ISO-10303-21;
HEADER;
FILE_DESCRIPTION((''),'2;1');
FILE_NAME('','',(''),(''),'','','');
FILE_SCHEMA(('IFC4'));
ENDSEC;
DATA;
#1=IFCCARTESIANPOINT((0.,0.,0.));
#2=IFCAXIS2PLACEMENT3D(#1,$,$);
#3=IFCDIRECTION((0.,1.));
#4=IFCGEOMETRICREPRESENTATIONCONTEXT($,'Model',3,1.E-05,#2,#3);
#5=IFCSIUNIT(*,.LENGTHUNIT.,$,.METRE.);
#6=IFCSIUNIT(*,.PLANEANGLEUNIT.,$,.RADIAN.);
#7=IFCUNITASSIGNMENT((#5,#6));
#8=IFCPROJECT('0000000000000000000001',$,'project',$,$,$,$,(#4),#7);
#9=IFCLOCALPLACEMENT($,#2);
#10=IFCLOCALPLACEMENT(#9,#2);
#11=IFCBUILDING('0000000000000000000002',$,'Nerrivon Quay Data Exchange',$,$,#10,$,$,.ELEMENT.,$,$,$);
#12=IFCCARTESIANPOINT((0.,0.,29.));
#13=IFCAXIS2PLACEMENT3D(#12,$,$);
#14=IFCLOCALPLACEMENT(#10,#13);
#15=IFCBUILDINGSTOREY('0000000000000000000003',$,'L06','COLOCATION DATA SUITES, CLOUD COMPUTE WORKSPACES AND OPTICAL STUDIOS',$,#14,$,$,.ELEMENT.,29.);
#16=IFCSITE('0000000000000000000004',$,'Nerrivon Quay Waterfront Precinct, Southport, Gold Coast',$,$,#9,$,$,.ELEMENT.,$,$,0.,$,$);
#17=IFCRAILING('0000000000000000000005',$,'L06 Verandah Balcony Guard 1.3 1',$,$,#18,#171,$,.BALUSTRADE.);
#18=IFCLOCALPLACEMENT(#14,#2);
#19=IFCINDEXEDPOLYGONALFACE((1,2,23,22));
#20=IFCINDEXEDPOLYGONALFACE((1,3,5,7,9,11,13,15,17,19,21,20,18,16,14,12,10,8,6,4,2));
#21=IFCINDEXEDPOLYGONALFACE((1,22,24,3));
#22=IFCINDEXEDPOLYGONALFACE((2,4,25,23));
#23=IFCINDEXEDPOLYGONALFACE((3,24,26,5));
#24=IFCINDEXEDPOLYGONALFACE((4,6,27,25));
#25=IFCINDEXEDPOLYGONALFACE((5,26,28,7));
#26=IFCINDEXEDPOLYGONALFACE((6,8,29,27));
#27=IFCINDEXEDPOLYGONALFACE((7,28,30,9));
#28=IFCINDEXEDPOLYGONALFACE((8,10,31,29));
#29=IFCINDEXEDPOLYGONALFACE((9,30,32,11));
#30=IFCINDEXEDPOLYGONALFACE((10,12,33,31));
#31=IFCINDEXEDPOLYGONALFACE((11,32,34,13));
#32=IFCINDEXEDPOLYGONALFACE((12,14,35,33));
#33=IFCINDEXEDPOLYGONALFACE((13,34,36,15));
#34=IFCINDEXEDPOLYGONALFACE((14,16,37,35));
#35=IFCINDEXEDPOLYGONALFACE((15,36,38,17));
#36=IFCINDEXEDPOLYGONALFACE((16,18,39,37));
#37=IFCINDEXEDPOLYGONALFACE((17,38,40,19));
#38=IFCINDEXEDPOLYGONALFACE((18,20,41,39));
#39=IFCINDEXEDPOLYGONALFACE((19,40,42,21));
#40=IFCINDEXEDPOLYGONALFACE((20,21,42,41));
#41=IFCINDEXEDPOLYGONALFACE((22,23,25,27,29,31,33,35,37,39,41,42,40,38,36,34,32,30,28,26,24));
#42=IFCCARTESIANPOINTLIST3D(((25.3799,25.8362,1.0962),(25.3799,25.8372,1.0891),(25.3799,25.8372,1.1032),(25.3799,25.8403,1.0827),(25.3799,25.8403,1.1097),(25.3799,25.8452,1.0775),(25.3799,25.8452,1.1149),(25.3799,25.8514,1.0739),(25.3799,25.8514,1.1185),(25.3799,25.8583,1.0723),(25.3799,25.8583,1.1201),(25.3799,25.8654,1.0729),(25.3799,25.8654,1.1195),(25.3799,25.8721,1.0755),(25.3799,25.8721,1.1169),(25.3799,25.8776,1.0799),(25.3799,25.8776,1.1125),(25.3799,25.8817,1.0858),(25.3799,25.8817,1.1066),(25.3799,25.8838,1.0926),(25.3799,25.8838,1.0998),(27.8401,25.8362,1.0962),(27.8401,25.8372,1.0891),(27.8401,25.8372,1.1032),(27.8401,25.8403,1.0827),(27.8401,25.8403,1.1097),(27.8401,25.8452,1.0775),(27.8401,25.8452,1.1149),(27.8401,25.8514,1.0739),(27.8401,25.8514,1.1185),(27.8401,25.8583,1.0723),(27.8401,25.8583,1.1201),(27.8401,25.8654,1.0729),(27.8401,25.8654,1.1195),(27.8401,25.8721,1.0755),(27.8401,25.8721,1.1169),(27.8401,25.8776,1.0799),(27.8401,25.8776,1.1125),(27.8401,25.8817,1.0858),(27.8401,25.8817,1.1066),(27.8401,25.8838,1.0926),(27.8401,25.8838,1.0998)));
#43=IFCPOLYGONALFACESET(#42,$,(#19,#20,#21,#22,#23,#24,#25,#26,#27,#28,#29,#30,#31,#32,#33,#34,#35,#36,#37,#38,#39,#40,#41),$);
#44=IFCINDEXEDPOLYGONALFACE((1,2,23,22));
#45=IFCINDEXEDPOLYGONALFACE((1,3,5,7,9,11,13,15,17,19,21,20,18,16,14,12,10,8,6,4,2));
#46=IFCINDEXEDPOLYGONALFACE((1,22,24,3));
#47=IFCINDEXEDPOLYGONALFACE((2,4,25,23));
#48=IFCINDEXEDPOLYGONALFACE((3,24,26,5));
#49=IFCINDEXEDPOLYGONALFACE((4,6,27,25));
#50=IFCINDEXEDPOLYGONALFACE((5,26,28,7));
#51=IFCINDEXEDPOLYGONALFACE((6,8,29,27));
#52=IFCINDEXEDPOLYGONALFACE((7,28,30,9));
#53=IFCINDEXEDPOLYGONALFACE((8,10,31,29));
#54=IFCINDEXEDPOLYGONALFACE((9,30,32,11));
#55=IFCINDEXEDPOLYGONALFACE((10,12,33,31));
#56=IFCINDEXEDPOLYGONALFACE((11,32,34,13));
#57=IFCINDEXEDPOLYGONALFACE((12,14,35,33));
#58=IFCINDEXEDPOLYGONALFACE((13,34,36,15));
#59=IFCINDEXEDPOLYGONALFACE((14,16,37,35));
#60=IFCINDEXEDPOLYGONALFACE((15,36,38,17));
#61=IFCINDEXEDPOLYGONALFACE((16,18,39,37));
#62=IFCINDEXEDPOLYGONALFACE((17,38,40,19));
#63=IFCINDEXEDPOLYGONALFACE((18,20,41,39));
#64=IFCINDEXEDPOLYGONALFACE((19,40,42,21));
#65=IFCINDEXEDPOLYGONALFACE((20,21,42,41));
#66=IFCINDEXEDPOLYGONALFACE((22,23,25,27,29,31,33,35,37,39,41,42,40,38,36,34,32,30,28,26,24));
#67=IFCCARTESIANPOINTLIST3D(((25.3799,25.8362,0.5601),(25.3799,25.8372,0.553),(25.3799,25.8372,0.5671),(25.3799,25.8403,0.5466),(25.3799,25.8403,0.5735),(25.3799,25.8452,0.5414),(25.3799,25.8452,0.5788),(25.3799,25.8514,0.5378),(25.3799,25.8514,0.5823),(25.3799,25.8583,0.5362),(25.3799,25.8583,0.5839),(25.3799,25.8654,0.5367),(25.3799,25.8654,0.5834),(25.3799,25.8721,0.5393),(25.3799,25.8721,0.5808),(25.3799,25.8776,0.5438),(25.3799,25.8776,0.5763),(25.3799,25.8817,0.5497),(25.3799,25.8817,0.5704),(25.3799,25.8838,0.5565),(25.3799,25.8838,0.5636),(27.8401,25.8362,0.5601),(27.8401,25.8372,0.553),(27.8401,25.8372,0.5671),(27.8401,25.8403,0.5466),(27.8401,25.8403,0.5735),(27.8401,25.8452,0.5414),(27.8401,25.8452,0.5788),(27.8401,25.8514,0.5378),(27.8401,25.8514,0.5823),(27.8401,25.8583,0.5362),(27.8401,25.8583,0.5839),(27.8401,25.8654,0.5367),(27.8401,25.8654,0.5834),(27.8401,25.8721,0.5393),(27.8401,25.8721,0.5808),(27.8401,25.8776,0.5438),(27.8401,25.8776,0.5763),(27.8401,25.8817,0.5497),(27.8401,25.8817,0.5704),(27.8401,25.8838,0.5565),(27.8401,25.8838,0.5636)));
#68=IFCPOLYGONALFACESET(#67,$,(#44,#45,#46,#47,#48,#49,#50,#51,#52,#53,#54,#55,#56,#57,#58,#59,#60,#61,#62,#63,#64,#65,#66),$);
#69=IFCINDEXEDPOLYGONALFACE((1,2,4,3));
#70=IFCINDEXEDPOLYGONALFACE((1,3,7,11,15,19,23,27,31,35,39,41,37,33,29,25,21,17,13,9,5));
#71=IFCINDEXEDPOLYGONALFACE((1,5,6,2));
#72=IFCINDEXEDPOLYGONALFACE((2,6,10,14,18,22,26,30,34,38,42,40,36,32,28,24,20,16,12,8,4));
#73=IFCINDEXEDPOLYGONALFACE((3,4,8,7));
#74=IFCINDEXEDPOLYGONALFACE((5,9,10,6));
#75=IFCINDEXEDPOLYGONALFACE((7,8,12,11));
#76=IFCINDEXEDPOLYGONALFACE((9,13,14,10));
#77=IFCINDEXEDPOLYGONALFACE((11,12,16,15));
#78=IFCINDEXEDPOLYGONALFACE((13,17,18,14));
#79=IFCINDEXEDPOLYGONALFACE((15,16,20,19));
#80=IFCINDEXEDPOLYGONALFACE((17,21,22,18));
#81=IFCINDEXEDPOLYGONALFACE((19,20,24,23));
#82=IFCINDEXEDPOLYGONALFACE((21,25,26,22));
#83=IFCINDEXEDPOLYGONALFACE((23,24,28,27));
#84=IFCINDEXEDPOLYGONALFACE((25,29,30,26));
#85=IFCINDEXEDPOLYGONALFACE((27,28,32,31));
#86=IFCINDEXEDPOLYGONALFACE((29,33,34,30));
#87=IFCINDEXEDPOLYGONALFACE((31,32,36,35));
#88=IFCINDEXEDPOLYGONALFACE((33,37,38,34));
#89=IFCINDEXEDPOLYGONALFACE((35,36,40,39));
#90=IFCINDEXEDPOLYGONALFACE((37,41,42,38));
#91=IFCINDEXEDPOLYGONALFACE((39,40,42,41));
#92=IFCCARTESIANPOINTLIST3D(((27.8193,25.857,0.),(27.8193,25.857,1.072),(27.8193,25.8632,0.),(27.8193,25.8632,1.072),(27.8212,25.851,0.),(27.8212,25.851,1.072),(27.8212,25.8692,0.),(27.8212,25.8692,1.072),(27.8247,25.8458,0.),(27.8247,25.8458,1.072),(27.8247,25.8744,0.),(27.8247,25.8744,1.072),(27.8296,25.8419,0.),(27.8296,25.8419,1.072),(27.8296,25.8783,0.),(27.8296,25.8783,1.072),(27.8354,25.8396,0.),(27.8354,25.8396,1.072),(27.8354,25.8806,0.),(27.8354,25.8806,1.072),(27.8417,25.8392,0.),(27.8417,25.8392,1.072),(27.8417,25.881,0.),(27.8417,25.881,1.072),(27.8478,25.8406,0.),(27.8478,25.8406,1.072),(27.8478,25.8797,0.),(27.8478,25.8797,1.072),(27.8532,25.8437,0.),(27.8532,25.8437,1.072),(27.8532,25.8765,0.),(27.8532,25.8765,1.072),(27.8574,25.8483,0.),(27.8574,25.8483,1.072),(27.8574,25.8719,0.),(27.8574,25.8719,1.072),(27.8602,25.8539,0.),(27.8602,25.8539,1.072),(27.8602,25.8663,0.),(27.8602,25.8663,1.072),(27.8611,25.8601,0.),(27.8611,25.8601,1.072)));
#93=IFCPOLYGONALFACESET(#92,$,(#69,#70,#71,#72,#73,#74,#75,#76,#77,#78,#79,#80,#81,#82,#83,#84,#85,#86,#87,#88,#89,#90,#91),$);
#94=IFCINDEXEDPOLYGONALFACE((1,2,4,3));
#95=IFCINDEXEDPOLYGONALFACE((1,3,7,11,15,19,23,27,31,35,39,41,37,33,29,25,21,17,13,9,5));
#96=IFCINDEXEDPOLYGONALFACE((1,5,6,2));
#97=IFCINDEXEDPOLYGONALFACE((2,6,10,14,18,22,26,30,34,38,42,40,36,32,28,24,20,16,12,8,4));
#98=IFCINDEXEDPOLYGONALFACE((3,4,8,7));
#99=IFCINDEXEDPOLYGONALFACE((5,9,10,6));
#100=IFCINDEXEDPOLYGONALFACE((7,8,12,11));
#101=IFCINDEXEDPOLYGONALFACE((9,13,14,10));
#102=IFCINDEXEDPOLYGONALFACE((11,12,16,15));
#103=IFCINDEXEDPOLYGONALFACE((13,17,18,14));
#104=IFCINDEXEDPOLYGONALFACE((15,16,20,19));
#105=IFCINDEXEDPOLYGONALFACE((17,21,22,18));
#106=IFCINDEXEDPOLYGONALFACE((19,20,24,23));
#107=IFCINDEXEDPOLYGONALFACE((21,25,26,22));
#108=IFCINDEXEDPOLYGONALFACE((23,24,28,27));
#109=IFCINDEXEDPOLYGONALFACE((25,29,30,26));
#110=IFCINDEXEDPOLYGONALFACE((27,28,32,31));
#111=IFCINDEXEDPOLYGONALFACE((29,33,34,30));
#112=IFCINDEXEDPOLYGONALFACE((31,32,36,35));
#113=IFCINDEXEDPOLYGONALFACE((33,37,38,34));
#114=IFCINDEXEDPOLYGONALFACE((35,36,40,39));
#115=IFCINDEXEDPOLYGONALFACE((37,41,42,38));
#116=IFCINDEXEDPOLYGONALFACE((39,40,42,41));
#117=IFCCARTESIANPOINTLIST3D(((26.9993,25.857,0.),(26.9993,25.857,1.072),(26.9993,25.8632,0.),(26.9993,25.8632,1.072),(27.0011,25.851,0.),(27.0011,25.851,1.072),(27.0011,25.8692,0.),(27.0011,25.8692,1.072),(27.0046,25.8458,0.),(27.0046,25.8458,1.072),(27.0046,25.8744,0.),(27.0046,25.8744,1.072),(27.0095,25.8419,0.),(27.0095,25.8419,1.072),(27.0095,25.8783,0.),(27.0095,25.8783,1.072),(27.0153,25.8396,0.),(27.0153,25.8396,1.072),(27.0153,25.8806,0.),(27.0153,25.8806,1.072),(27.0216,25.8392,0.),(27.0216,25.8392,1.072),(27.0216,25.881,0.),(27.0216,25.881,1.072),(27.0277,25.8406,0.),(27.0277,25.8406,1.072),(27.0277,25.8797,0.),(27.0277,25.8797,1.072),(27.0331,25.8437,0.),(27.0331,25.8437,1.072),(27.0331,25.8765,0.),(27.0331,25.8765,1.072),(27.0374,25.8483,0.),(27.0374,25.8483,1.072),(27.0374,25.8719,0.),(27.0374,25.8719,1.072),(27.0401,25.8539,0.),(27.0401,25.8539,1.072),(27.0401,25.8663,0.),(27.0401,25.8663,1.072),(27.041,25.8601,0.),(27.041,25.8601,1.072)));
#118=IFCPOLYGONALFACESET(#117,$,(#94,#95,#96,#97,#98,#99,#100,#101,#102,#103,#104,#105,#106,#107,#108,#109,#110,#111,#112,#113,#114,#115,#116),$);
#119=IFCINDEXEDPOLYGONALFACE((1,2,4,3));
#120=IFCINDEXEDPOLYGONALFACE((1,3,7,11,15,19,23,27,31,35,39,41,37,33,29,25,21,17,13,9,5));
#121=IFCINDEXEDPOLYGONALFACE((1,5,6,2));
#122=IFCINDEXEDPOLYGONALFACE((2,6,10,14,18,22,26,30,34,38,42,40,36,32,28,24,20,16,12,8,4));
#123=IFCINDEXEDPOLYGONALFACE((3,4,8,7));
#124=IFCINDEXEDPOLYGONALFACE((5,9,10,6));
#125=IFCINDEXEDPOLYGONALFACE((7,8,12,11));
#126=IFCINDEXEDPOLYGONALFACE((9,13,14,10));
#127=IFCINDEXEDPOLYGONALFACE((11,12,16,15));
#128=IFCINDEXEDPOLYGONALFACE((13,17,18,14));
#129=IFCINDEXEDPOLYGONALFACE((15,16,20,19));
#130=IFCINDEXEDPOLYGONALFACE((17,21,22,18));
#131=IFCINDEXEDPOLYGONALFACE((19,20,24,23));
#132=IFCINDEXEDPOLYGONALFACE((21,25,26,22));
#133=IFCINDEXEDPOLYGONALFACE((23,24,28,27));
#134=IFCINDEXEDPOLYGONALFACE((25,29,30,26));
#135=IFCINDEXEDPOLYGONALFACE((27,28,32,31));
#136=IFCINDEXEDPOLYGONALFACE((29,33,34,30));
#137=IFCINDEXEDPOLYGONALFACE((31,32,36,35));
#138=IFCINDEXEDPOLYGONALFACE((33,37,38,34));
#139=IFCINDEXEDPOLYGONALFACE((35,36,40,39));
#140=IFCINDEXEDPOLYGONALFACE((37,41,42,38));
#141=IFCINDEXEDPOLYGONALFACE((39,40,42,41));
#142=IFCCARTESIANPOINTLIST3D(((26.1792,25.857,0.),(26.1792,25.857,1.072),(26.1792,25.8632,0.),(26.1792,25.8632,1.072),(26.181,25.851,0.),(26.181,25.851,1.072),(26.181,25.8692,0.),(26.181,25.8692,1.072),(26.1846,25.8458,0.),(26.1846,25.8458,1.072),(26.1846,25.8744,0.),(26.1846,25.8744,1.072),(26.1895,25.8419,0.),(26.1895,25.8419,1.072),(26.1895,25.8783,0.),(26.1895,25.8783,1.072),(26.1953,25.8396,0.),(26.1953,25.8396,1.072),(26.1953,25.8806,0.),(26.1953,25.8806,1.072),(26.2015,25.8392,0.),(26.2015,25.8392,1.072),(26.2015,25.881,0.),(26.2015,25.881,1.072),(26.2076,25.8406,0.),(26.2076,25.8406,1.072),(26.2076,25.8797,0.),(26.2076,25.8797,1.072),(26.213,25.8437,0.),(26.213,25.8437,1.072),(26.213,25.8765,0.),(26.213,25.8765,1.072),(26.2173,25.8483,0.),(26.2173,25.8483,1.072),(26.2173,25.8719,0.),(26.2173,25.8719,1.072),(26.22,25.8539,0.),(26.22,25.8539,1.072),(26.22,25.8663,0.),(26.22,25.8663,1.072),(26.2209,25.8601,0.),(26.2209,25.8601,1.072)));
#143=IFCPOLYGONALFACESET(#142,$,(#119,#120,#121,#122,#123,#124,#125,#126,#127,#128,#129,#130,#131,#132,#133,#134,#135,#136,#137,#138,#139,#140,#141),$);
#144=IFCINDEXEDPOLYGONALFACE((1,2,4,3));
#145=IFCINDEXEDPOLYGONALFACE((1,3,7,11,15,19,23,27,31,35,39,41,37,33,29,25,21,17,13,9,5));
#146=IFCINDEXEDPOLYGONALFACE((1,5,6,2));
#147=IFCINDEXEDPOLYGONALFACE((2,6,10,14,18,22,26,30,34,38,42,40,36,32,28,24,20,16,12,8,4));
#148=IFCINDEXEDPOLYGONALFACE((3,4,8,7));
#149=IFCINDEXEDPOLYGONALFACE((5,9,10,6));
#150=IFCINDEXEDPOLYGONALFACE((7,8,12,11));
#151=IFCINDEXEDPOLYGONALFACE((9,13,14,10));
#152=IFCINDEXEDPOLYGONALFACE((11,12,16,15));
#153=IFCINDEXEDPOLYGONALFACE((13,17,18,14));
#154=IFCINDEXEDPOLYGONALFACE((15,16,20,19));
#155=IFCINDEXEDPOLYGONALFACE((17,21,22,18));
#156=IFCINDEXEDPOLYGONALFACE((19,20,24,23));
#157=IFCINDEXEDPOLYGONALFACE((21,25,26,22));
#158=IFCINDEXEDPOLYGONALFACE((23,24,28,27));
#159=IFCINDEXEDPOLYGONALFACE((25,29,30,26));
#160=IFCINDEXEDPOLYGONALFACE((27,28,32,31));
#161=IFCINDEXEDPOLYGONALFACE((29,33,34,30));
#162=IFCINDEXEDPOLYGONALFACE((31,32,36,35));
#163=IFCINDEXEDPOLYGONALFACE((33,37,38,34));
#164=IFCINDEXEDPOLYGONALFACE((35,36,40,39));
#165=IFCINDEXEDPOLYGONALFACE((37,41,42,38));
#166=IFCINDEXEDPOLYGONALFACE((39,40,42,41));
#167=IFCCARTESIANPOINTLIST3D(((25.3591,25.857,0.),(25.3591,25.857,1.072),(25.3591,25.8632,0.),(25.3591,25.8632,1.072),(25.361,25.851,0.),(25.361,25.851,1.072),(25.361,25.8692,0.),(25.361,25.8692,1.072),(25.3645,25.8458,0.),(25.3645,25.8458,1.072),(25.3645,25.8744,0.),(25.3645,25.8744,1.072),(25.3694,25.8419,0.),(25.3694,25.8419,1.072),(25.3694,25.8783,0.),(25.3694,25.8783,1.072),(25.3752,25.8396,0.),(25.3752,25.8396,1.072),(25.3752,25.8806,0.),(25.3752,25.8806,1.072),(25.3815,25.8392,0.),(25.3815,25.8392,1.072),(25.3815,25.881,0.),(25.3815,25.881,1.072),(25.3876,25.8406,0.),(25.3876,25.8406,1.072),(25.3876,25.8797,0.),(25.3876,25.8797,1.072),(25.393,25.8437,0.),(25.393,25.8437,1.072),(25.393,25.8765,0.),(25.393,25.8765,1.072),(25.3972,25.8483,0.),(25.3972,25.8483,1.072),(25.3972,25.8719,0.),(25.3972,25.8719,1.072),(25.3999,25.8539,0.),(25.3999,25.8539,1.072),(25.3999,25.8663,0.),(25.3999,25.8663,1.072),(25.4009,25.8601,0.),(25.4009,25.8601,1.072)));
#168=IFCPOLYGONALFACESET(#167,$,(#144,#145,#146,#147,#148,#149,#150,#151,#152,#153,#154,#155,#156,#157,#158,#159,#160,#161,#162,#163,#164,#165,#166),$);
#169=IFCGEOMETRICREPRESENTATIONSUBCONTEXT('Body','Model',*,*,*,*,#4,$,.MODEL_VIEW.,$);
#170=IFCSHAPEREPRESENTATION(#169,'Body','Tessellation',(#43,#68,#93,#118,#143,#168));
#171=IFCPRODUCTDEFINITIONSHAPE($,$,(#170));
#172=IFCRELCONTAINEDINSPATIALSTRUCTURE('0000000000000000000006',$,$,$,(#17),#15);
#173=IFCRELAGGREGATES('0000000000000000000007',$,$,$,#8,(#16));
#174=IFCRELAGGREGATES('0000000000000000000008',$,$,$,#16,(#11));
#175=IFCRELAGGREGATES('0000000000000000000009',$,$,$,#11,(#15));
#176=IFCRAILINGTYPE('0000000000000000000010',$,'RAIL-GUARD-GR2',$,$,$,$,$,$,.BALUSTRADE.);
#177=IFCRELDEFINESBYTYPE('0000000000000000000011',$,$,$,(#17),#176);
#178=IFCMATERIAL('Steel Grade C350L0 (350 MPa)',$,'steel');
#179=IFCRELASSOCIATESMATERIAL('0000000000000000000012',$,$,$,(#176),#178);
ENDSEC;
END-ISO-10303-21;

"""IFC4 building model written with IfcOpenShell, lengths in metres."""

from ifc_helpers import new_model, si_unit, direction, frame, origin, origin_2d, place, context, subcontext, project, spatial, circle, extrude, material, type_object, element, save


model = new_model("IFC4")

# Units and contexts
model_context = context("Model", 3, precision=1e-05, world=origin(), true_north=direction((0.0, 1.0)))
body_context = subcontext(model_context, "Body", "Model", "MODEL_VIEW")
ifc_project = project(units=[si_unit("LENGTHUNIT", "METRE"), si_unit("PLANEANGLEUNIT", "RADIAN")], contexts=[model_context])

# Site, building, storey
site_placement = place(None, origin())
site = spatial("IfcSite", under=ifc_project, at=site_placement, Name="Nerrivon Quay Waterfront Precinct, Southport, Gold Coast", CompositionType="ELEMENT", RefElevation=0.0)
building_placement = place(site_placement, origin())
building = spatial("IfcBuilding", under=site, at=building_placement, Name="Nerrivon Quay Data Exchange", CompositionType="ELEMENT")
storey_placement = place(building_placement, frame((0.0, 0.0, 29.0)))
storey = spatial("IfcBuildingStorey", under=building, at=storey_placement, Name="L06", Description="COLOCATION DATA SUITES, CLOUD COMPUTE WORKSPACES AND OPTICAL STUDIOS", CompositionType="ELEMENT", Elevation=29.0)

# Railing
ifc_material_1 = material(Name="Steel Grade C350L0 (350 MPa)", Category="steel")
railing_type = type_object("IfcRailingType", Name="RAIL-GUARD-GR2", PredefinedType="BALUSTRADE", material=ifc_material_1)
railing_1_placement = place(storey_placement, frame((27.8401, 25.8601, 0.0)))
element("IfcRailing", 1, at=railing_1_placement, inside=storey, type_object=railing_type, Name="L06 Verandah Balcony Guard 1.3 1", PredefinedType="BALUSTRADE", context=body_context, shape_type="SweptSolid", body=[
    extrude(circle(Radius=0.0239, at=origin_2d()), frame((0.0, 0.0, 1.0962), z_axis=(-1.0, 0.0, 0.0), x_axis=(0.0, -1.0, 0.0)), (0.0, 0.0, 1.0), 2.4602),
    extrude(circle(Radius=0.0239, at=origin_2d()), frame((0.0, 0.0, 0.5601), z_axis=(-1.0, 0.0, 0.0), x_axis=(0.0, -1.0, 0.0)), (0.0, 0.0, 1.0), 2.4602),
    extrude(circle(Radius=0.021, at=origin_2d()), origin(), (0.0, 0.0, 1.0), 1.072),
    extrude(circle(Radius=0.021, at=origin_2d()), frame((-0.8201, 0.0, 0.0)), (0.0, 0.0, 1.0), 1.072),
    extrude(circle(Radius=0.021, at=origin_2d()), frame((-1.6401, 0.0, 0.0)), (0.0, 0.0, 1.0), 1.072),
    extrude(circle(Radius=0.021, at=origin_2d()), frame((-2.4602, 0.0, 0.0)), (0.0, 0.0, 1.0), 1.072),
])

save(model, "model.ifc")
